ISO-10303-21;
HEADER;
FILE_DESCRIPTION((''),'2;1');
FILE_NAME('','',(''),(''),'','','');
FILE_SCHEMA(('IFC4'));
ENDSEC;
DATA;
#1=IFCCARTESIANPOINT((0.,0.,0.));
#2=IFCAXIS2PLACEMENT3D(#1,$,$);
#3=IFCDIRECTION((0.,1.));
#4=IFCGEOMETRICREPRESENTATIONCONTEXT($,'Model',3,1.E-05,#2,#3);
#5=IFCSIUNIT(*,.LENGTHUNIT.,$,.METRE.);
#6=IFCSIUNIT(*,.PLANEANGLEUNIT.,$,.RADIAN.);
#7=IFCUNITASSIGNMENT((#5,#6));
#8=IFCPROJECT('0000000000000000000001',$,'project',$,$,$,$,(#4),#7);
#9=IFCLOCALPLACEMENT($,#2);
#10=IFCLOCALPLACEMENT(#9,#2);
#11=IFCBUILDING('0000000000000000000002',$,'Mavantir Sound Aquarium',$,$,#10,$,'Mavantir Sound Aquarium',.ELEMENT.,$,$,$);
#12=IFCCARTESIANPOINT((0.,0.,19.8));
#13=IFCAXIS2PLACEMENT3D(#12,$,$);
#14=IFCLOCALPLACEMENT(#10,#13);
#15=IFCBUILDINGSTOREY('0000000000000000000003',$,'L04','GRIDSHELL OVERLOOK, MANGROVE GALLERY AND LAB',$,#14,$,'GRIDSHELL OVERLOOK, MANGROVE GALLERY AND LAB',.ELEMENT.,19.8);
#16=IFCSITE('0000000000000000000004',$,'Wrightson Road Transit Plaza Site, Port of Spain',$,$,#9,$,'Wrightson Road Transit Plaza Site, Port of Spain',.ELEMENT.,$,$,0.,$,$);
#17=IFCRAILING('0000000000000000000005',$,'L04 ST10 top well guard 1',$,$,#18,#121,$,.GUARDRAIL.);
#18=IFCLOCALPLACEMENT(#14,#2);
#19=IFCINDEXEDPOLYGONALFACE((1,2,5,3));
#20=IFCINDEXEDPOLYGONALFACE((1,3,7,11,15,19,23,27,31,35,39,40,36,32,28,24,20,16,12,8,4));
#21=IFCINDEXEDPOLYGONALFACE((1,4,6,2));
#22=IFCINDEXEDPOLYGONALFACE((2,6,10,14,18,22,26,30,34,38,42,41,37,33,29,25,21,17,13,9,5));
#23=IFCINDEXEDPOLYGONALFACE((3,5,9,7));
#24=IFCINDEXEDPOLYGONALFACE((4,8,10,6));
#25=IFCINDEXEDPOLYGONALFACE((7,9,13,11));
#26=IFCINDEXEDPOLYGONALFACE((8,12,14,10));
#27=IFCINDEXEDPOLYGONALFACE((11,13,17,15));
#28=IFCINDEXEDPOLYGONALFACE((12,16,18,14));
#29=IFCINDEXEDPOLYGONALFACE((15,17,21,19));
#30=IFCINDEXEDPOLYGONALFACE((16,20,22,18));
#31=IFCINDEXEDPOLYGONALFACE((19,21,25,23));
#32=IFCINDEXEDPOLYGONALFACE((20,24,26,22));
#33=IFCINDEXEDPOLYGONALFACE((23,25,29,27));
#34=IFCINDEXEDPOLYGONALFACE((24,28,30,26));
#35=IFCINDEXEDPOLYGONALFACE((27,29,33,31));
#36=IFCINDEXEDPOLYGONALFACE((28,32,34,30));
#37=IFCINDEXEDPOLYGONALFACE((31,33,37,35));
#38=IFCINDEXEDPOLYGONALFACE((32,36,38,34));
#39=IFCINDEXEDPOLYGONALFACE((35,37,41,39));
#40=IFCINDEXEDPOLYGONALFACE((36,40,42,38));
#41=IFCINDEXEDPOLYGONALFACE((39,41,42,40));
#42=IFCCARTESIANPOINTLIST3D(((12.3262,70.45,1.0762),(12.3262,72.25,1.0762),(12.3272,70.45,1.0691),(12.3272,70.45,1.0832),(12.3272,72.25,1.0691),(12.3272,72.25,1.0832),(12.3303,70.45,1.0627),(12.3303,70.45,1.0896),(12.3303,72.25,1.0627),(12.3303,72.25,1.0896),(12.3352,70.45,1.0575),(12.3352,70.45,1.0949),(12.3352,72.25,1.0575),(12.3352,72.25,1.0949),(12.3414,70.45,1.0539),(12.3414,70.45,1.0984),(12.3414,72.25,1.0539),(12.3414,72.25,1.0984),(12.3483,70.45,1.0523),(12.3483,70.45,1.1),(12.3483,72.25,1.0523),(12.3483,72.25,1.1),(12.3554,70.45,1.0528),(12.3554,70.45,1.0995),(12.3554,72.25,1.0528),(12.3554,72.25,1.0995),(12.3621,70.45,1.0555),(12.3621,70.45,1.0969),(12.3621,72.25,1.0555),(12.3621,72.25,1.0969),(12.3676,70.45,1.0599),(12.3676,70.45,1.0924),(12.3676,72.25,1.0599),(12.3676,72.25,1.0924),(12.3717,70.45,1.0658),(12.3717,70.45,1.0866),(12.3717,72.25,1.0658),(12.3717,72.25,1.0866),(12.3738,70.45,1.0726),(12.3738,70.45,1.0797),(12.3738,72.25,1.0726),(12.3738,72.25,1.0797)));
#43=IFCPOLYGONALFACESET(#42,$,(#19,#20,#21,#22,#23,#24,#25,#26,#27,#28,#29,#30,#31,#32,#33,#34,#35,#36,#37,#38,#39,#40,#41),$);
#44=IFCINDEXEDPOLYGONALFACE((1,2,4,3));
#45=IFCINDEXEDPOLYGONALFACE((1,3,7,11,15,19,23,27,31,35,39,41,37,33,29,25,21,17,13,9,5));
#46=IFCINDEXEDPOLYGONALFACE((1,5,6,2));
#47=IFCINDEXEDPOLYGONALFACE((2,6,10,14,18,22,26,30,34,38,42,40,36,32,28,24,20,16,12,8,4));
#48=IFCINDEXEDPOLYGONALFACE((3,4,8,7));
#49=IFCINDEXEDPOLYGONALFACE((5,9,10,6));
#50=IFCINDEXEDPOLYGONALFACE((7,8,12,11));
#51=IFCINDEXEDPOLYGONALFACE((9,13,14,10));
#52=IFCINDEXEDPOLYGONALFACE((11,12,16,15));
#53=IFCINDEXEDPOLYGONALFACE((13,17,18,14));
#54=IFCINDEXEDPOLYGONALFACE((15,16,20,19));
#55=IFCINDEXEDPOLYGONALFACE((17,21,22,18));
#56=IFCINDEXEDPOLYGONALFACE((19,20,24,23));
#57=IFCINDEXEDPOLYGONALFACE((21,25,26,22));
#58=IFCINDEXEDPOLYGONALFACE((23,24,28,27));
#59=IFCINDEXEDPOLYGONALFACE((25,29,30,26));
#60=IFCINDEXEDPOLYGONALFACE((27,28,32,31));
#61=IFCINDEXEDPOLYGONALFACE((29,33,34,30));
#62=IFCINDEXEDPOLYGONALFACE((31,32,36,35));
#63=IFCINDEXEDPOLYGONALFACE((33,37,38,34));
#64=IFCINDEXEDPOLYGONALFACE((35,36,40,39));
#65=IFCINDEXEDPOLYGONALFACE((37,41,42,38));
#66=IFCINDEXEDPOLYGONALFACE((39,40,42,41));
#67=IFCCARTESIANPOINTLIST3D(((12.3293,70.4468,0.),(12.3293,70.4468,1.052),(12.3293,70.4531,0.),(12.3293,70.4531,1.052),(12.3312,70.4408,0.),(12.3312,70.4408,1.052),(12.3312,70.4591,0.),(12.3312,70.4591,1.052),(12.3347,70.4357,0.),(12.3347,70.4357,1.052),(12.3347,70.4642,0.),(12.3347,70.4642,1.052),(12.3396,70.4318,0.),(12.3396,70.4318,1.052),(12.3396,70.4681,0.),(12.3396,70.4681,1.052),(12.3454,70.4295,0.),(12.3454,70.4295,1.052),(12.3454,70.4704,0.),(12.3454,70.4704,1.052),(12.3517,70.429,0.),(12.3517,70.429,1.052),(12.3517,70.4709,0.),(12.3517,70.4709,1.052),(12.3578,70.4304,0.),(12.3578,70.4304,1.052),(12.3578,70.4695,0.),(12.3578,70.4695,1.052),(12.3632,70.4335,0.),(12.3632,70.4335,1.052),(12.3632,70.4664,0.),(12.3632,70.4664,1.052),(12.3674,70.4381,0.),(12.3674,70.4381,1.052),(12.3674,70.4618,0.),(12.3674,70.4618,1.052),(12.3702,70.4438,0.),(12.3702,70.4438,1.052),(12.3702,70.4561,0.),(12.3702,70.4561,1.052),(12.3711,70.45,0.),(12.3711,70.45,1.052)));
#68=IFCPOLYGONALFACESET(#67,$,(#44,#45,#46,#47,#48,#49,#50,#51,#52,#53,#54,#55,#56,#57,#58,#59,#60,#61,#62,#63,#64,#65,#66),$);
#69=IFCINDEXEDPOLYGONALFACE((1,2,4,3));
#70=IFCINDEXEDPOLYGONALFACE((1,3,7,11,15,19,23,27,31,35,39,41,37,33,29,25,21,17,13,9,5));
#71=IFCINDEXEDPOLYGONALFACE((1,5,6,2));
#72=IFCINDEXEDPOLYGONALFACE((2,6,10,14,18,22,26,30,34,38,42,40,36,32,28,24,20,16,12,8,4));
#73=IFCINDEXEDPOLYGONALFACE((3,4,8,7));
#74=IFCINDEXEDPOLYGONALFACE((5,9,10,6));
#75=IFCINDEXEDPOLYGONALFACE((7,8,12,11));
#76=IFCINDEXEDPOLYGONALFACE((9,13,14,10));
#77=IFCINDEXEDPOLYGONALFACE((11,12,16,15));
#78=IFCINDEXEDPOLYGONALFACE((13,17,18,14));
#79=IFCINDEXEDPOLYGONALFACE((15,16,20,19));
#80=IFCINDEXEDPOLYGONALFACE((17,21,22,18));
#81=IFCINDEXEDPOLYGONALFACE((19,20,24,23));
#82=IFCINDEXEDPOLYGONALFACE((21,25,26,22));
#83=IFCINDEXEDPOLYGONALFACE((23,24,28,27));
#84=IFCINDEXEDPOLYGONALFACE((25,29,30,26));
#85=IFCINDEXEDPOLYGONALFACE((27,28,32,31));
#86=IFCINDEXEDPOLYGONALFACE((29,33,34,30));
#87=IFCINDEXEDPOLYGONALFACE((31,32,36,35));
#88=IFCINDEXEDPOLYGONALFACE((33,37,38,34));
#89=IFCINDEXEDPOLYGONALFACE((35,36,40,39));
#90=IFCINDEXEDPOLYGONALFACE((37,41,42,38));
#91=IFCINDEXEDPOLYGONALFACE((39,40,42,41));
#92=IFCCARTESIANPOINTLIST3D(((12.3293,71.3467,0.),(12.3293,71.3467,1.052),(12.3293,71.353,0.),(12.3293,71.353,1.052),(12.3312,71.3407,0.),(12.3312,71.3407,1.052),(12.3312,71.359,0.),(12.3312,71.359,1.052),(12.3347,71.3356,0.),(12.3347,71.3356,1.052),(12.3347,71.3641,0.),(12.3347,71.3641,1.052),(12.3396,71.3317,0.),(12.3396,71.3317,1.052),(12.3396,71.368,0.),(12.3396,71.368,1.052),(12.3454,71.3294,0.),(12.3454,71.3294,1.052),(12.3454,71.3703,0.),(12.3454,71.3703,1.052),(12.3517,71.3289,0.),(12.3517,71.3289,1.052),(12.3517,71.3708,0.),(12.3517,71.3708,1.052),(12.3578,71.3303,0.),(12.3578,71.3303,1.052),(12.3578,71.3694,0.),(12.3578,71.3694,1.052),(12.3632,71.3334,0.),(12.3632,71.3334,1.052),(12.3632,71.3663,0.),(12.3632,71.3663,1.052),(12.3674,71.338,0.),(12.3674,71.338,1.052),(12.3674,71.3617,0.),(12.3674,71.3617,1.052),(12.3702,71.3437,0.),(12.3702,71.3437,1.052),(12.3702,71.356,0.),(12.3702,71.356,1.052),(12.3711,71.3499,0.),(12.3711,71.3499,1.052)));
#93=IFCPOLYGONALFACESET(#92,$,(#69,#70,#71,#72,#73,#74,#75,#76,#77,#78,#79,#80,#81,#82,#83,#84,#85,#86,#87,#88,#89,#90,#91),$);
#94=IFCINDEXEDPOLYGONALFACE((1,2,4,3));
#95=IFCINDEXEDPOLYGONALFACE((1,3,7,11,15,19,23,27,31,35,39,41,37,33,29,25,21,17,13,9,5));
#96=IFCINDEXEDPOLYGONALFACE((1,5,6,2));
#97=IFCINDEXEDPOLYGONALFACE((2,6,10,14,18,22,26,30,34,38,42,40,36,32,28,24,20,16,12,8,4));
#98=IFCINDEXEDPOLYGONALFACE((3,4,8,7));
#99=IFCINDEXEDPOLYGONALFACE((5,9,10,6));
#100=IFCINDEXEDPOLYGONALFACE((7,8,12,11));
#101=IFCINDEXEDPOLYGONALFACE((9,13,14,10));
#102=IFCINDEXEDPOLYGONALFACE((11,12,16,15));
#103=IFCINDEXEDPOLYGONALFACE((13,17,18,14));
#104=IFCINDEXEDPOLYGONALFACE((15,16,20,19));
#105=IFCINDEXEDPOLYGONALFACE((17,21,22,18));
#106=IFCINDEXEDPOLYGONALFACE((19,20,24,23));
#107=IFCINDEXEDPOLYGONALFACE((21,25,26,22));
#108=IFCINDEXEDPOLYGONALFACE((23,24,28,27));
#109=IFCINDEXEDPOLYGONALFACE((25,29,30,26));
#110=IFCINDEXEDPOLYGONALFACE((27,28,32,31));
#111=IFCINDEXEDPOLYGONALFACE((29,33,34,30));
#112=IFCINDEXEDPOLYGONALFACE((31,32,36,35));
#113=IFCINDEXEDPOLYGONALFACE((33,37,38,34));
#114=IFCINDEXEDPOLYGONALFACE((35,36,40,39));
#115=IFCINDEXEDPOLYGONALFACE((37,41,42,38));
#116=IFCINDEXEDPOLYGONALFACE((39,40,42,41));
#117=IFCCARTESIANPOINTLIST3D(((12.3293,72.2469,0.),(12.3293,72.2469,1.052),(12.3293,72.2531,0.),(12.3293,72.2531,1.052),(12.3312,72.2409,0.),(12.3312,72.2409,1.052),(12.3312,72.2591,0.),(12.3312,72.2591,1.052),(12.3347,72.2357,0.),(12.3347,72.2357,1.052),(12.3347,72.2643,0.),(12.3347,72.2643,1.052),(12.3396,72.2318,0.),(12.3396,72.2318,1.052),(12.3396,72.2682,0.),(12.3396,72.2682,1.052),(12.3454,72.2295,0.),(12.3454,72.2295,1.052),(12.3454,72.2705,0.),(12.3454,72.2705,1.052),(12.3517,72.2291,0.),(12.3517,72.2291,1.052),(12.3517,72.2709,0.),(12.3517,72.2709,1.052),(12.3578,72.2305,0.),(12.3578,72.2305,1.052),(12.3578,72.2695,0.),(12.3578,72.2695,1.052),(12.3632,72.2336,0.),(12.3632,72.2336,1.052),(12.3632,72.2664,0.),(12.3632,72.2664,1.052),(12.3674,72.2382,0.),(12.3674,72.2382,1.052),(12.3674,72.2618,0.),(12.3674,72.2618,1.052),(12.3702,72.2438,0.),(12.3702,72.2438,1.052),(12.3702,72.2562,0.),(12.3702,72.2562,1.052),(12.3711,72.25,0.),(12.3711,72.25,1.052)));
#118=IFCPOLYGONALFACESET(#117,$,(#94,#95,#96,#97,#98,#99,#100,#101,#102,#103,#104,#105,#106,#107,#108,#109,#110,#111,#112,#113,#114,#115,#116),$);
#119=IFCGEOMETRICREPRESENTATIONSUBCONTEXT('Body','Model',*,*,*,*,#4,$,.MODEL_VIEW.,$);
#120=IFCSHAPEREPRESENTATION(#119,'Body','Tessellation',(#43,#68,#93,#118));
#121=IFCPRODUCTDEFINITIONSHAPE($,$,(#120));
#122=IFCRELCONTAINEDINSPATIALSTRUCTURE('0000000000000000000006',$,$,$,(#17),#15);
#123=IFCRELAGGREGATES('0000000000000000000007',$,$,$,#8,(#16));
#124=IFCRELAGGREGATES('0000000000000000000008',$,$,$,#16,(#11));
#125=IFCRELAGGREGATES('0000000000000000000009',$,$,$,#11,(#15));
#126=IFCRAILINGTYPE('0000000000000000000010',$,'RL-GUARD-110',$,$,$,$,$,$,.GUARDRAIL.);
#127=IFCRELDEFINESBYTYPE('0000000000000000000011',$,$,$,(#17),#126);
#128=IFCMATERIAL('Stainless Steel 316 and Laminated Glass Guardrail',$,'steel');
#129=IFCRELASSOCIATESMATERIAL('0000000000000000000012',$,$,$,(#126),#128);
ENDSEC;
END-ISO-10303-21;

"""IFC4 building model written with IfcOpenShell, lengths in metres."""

from ifc_helpers import new_model, si_unit, direction, frame, origin, origin_2d, place, context, subcontext, project, spatial, circle, extrude, material, type_object, element, save


model = new_model("IFC4")

# Units and contexts
model_context = context("Model", 3, precision=1e-05, world=origin(), true_north=direction((0.0, 1.0)))
body_context = subcontext(model_context, "Body", "Model", "MODEL_VIEW")
ifc_project = project(units=[si_unit("LENGTHUNIT", "METRE"), si_unit("PLANEANGLEUNIT", "RADIAN")], contexts=[model_context])

# Site, building, storey
site_placement = place(None, origin())
site = spatial("IfcSite", under=ifc_project, at=site_placement, Name="Wrightson Road Transit Plaza Site, Port of Spain", LongName="Wrightson Road Transit Plaza Site, Port of Spain", CompositionType="ELEMENT", RefElevation=0.0)
building_placement = place(site_placement, origin())
building = spatial("IfcBuilding", under=site, at=building_placement, Name="Mavantir Sound Aquarium", LongName="Mavantir Sound Aquarium", CompositionType="ELEMENT")
storey_placement = place(building_placement, frame((0.0, 0.0, 19.8)))
storey = spatial("IfcBuildingStorey", under=building, at=storey_placement, Name="L04", Description="GRIDSHELL OVERLOOK, MANGROVE GALLERY AND LAB", LongName="GRIDSHELL OVERLOOK, MANGROVE GALLERY AND LAB", CompositionType="ELEMENT", Elevation=19.8)

# Railing
ifc_material_1 = material(Name="Stainless Steel 316 and Laminated Glass Guardrail", Category="steel")
railing_type = type_object("IfcRailingType", Name="RL-GUARD-110", PredefinedType="GUARDRAIL", material=ifc_material_1)
railing_1_placement = place(storey_placement, frame((12.3501, 70.45, 0.0)))
element("IfcRailing", 1, at=railing_1_placement, inside=storey, type_object=railing_type, Name="L04 ST10 top well guard 1", PredefinedType="GUARDRAIL", context=body_context, shape_type="SweptSolid", body=[
    extrude(circle(Radius=0.0239, at=origin_2d()), frame((0.0, 0.0, 1.0762), z_axis=(0.0, 1.0, 0.0), x_axis=(-1.0, 0.0, 0.0)), (0.0, 0.0, 1.0), 1.8),
    extrude(circle(Radius=0.021, at=origin_2d()), origin(), (0.0, 0.0, 1.0), 1.052),
    extrude(circle(Radius=0.021, at=origin_2d()), frame((0.0, 0.8999, 0.0)), (0.0, 0.0, 1.0), 1.052),
    extrude(circle(Radius=0.021, at=origin_2d()), frame((0.0, 1.8, 0.0)), (0.0, 0.0, 1.0), 1.052),
])

save(model, "model.ifc")
